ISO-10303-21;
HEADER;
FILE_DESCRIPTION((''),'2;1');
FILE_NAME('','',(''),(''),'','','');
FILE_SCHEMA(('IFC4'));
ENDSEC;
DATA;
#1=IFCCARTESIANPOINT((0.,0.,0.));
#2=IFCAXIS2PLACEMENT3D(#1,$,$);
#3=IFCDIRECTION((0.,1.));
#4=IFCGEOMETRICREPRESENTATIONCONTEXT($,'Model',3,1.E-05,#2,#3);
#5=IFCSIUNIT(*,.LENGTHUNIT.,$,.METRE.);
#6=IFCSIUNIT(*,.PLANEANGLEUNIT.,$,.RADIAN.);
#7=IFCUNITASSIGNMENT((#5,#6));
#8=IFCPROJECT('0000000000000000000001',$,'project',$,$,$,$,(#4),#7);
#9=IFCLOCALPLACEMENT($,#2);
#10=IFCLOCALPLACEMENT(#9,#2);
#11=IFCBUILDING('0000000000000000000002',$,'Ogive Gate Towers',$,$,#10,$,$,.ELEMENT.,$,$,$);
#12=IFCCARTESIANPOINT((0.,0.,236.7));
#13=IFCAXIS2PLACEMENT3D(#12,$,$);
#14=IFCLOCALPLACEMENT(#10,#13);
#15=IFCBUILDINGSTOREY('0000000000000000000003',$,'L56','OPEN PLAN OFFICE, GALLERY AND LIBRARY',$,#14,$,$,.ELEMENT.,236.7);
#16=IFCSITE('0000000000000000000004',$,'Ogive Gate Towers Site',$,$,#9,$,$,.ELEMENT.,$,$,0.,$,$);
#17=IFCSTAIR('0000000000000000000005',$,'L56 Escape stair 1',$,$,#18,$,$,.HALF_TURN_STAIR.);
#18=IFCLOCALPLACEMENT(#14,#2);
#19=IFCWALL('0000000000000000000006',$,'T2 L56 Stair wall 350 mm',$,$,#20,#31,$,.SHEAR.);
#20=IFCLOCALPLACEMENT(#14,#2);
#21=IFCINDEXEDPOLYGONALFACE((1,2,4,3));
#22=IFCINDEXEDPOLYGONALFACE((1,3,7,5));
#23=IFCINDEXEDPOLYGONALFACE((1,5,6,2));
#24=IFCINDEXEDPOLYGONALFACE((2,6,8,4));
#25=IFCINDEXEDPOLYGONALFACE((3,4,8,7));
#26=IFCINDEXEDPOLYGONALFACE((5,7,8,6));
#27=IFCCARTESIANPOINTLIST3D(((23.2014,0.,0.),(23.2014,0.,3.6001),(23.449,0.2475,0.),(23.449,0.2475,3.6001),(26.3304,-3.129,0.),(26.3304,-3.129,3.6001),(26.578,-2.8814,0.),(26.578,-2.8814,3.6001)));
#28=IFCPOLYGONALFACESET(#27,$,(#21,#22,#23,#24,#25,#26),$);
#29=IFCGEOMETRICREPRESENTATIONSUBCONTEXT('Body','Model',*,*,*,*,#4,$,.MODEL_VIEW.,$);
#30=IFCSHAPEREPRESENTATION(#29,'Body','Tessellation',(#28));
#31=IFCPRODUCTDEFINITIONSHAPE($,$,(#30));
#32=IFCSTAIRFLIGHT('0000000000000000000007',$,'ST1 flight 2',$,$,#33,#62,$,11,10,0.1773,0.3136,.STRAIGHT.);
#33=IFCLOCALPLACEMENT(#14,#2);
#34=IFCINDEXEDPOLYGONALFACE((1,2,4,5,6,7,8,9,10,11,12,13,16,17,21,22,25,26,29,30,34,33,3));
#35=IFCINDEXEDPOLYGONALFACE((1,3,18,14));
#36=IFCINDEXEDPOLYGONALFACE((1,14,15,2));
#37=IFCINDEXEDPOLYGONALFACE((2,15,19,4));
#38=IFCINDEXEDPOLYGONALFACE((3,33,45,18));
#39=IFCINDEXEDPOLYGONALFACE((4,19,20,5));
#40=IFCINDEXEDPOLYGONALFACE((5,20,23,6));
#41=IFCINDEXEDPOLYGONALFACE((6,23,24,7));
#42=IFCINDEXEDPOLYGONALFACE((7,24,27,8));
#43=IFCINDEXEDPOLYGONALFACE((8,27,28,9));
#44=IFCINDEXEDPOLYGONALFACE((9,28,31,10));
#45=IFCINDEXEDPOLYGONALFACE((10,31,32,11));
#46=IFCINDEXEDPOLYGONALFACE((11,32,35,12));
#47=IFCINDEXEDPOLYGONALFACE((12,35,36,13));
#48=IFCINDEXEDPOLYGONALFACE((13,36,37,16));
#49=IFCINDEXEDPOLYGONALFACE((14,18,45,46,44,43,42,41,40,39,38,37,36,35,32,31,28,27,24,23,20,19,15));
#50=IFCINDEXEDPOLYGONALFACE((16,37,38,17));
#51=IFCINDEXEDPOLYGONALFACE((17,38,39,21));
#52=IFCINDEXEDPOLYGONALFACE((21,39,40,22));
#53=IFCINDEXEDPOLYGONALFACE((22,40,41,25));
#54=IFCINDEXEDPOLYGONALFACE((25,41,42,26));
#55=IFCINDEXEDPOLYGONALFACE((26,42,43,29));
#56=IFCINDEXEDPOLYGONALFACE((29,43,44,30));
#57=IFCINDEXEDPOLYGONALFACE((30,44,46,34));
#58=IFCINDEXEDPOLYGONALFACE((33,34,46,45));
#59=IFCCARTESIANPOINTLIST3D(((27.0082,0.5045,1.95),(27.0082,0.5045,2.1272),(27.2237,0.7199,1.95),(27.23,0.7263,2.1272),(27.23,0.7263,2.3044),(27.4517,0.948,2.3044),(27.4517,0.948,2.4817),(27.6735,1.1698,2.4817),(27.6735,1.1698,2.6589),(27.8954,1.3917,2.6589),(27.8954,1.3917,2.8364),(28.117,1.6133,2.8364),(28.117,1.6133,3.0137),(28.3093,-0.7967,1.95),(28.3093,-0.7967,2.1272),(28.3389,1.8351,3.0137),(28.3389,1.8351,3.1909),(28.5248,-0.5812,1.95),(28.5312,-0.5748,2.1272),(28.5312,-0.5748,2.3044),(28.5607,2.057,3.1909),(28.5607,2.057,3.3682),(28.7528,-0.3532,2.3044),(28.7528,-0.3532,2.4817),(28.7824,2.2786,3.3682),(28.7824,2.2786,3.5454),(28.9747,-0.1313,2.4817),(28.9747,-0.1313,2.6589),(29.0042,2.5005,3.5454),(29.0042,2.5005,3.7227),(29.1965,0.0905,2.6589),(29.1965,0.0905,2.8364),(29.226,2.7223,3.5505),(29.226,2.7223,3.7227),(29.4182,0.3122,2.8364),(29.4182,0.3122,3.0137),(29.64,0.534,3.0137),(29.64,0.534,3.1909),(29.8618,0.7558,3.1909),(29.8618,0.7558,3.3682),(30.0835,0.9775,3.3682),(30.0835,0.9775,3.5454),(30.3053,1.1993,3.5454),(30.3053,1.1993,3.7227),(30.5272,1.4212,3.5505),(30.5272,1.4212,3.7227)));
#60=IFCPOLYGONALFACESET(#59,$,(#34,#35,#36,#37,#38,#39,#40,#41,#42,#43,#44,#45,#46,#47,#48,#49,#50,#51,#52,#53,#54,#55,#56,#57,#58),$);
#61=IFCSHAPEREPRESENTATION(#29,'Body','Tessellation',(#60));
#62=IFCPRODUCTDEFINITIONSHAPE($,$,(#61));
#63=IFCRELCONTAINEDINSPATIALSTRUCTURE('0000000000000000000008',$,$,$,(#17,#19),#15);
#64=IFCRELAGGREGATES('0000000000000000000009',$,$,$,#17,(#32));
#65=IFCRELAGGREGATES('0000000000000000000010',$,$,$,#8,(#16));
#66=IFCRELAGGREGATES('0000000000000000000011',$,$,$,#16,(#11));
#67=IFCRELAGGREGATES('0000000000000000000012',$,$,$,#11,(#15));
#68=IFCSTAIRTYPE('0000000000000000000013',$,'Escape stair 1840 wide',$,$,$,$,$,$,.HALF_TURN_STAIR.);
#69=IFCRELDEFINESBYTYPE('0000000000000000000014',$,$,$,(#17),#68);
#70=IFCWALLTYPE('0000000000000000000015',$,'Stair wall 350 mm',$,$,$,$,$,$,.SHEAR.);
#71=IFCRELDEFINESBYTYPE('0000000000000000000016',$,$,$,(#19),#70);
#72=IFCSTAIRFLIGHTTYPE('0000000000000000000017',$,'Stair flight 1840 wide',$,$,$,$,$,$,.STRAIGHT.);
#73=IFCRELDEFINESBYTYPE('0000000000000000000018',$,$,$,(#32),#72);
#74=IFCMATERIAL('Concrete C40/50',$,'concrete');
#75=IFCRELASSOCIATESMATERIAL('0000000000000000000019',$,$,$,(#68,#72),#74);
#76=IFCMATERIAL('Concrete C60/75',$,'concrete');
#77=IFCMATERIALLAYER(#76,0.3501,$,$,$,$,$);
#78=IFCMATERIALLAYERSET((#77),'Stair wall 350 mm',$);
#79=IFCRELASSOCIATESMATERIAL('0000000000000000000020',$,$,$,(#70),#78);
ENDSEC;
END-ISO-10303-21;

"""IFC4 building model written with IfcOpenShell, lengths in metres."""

from ifc_helpers import new_model, si_unit, direction, frame, frame_2d, origin, place, context, subcontext, project, spatial, polyline, rectangle, outline, extrude, material, layer, layer_set, type_object, element, aggregate, save


model = new_model("IFC4")

# Units and contexts
model_context = context("Model", 3, precision=1e-05, world=origin(), true_north=direction((0.0, 1.0)))
body_context = subcontext(model_context, "Body", "Model", "MODEL_VIEW")
ifc_project = project(units=[si_unit("LENGTHUNIT", "METRE"), si_unit("PLANEANGLEUNIT", "RADIAN")], contexts=[model_context])

# Site, building, storey
site_placement = place(None, origin())
site = spatial("IfcSite", under=ifc_project, at=site_placement, Name="Ogive Gate Towers Site", CompositionType="ELEMENT", RefElevation=0.0)
building_placement = place(site_placement, origin())
building = spatial("IfcBuilding", under=site, at=building_placement, Name="Ogive Gate Towers", CompositionType="ELEMENT")
storey_placement = place(building_placement, frame((0.0, 0.0, 236.7)))
storey = spatial("IfcBuildingStorey", under=building, at=storey_placement, Name="L56", Description="OPEN PLAN OFFICE, GALLERY AND LIBRARY", CompositionType="ELEMENT", Elevation=236.7)

# Stair
ifc_material_1 = material(Name="Concrete C40/50", Category="concrete")
stair_type = type_object("IfcStairType", Name="Escape stair 1840 wide", PredefinedType="HALF_TURN_STAIR", material=ifc_material_1)
stair_1_placement = place(storey_placement, origin())
stair_1 = element("IfcStair", 1, at=stair_1_placement, inside=storey, type_object=stair_type, Name="L56 Escape stair 1", PredefinedType="HALF_TURN_STAIR")

# Wall
ifc_material_2 = material(Name="Concrete C60/75", Category="concrete")
ifc_layer_1 = layer(ifc_material_2, 0.3501)
ifc_layer_set_1 = layer_set([ifc_layer_1], Name="Stair wall 350 mm")
wall_type_1 = type_object("IfcWallType", Name="Stair wall 350 mm", PredefinedType="SHEAR", material=ifc_layer_set_1)
wall_1_placement = place(storey_placement, frame((26.4541, -3.0051, 0.0), z_axis=(0.0, 0.0, 1.0), x_axis=(-0.707107, 0.707107, 0.0)))
element("IfcWall", 2, at=wall_1_placement, inside=storey, type_object=wall_type_1, Name="T2 L56 Stair wall 350 mm", PredefinedType="SHEAR", context=body_context, shape_type="SweptSolid", body=[
    extrude(rectangle(XDim=4.425, YDim=0.3501, at=frame_2d((2.2124, 0.0))), origin(), (0.0, 0.0, 1.0), 3.6001),
])

# Stair flight
stair_flight_type = type_object("IfcStairFlightType", Name="Stair flight 1840 wide", PredefinedType="STRAIGHT", material=ifc_material_1)
stair_flight_placement = place(storey_placement, frame((27.6587, -0.146, 1.95), z_axis=(0.0, 0.0, 1.0), x_axis=(0.707107, 0.707107, 0.0)))
stair_flight = element("IfcStairFlight", 3, at=stair_flight_placement, type_object=stair_flight_type, Name="ST1 flight 2", NumberOfRisers=11, NumberOfTreads=10, PredefinedType="STRAIGHT", RiserHeight=0.1773, TreadLength=0.3136, context=body_context, shape_type="SweptSolid", body=[
    extrude(outline(polyline([(0.0, 0.0), (0.0, 0.1772), (0.3137, 0.1772), (0.3137, 0.3545), (0.6272, 0.3545), (0.6272, 0.5317), (0.9409, 0.5317), (0.9409, 0.709), (1.2546, 0.709), (1.2546, 0.8865), (1.5681, 0.8865), (1.5681, 1.0637), (1.8818, 1.0637), (1.8818, 1.241), (2.1956, 1.241), (2.1956, 1.4182), (2.509, 1.4182), (2.509, 1.5955), (2.8228, 1.5955), (2.8228, 1.7727), (3.1365, 1.7727), (3.1365, 1.95), (3.1365, 1.6006), (0.3047, 0.0), (0.0, 0.0)])), frame((0.0, 0.9199, 0.0), z_axis=(0.0, -1.0, 0.0), x_axis=(1.0, 0.0, 0.0)), (0.0, 0.0, 1.0), 1.8401),
])
aggregate(stair_1, [stair_flight])

save(model, "model.ifc")
